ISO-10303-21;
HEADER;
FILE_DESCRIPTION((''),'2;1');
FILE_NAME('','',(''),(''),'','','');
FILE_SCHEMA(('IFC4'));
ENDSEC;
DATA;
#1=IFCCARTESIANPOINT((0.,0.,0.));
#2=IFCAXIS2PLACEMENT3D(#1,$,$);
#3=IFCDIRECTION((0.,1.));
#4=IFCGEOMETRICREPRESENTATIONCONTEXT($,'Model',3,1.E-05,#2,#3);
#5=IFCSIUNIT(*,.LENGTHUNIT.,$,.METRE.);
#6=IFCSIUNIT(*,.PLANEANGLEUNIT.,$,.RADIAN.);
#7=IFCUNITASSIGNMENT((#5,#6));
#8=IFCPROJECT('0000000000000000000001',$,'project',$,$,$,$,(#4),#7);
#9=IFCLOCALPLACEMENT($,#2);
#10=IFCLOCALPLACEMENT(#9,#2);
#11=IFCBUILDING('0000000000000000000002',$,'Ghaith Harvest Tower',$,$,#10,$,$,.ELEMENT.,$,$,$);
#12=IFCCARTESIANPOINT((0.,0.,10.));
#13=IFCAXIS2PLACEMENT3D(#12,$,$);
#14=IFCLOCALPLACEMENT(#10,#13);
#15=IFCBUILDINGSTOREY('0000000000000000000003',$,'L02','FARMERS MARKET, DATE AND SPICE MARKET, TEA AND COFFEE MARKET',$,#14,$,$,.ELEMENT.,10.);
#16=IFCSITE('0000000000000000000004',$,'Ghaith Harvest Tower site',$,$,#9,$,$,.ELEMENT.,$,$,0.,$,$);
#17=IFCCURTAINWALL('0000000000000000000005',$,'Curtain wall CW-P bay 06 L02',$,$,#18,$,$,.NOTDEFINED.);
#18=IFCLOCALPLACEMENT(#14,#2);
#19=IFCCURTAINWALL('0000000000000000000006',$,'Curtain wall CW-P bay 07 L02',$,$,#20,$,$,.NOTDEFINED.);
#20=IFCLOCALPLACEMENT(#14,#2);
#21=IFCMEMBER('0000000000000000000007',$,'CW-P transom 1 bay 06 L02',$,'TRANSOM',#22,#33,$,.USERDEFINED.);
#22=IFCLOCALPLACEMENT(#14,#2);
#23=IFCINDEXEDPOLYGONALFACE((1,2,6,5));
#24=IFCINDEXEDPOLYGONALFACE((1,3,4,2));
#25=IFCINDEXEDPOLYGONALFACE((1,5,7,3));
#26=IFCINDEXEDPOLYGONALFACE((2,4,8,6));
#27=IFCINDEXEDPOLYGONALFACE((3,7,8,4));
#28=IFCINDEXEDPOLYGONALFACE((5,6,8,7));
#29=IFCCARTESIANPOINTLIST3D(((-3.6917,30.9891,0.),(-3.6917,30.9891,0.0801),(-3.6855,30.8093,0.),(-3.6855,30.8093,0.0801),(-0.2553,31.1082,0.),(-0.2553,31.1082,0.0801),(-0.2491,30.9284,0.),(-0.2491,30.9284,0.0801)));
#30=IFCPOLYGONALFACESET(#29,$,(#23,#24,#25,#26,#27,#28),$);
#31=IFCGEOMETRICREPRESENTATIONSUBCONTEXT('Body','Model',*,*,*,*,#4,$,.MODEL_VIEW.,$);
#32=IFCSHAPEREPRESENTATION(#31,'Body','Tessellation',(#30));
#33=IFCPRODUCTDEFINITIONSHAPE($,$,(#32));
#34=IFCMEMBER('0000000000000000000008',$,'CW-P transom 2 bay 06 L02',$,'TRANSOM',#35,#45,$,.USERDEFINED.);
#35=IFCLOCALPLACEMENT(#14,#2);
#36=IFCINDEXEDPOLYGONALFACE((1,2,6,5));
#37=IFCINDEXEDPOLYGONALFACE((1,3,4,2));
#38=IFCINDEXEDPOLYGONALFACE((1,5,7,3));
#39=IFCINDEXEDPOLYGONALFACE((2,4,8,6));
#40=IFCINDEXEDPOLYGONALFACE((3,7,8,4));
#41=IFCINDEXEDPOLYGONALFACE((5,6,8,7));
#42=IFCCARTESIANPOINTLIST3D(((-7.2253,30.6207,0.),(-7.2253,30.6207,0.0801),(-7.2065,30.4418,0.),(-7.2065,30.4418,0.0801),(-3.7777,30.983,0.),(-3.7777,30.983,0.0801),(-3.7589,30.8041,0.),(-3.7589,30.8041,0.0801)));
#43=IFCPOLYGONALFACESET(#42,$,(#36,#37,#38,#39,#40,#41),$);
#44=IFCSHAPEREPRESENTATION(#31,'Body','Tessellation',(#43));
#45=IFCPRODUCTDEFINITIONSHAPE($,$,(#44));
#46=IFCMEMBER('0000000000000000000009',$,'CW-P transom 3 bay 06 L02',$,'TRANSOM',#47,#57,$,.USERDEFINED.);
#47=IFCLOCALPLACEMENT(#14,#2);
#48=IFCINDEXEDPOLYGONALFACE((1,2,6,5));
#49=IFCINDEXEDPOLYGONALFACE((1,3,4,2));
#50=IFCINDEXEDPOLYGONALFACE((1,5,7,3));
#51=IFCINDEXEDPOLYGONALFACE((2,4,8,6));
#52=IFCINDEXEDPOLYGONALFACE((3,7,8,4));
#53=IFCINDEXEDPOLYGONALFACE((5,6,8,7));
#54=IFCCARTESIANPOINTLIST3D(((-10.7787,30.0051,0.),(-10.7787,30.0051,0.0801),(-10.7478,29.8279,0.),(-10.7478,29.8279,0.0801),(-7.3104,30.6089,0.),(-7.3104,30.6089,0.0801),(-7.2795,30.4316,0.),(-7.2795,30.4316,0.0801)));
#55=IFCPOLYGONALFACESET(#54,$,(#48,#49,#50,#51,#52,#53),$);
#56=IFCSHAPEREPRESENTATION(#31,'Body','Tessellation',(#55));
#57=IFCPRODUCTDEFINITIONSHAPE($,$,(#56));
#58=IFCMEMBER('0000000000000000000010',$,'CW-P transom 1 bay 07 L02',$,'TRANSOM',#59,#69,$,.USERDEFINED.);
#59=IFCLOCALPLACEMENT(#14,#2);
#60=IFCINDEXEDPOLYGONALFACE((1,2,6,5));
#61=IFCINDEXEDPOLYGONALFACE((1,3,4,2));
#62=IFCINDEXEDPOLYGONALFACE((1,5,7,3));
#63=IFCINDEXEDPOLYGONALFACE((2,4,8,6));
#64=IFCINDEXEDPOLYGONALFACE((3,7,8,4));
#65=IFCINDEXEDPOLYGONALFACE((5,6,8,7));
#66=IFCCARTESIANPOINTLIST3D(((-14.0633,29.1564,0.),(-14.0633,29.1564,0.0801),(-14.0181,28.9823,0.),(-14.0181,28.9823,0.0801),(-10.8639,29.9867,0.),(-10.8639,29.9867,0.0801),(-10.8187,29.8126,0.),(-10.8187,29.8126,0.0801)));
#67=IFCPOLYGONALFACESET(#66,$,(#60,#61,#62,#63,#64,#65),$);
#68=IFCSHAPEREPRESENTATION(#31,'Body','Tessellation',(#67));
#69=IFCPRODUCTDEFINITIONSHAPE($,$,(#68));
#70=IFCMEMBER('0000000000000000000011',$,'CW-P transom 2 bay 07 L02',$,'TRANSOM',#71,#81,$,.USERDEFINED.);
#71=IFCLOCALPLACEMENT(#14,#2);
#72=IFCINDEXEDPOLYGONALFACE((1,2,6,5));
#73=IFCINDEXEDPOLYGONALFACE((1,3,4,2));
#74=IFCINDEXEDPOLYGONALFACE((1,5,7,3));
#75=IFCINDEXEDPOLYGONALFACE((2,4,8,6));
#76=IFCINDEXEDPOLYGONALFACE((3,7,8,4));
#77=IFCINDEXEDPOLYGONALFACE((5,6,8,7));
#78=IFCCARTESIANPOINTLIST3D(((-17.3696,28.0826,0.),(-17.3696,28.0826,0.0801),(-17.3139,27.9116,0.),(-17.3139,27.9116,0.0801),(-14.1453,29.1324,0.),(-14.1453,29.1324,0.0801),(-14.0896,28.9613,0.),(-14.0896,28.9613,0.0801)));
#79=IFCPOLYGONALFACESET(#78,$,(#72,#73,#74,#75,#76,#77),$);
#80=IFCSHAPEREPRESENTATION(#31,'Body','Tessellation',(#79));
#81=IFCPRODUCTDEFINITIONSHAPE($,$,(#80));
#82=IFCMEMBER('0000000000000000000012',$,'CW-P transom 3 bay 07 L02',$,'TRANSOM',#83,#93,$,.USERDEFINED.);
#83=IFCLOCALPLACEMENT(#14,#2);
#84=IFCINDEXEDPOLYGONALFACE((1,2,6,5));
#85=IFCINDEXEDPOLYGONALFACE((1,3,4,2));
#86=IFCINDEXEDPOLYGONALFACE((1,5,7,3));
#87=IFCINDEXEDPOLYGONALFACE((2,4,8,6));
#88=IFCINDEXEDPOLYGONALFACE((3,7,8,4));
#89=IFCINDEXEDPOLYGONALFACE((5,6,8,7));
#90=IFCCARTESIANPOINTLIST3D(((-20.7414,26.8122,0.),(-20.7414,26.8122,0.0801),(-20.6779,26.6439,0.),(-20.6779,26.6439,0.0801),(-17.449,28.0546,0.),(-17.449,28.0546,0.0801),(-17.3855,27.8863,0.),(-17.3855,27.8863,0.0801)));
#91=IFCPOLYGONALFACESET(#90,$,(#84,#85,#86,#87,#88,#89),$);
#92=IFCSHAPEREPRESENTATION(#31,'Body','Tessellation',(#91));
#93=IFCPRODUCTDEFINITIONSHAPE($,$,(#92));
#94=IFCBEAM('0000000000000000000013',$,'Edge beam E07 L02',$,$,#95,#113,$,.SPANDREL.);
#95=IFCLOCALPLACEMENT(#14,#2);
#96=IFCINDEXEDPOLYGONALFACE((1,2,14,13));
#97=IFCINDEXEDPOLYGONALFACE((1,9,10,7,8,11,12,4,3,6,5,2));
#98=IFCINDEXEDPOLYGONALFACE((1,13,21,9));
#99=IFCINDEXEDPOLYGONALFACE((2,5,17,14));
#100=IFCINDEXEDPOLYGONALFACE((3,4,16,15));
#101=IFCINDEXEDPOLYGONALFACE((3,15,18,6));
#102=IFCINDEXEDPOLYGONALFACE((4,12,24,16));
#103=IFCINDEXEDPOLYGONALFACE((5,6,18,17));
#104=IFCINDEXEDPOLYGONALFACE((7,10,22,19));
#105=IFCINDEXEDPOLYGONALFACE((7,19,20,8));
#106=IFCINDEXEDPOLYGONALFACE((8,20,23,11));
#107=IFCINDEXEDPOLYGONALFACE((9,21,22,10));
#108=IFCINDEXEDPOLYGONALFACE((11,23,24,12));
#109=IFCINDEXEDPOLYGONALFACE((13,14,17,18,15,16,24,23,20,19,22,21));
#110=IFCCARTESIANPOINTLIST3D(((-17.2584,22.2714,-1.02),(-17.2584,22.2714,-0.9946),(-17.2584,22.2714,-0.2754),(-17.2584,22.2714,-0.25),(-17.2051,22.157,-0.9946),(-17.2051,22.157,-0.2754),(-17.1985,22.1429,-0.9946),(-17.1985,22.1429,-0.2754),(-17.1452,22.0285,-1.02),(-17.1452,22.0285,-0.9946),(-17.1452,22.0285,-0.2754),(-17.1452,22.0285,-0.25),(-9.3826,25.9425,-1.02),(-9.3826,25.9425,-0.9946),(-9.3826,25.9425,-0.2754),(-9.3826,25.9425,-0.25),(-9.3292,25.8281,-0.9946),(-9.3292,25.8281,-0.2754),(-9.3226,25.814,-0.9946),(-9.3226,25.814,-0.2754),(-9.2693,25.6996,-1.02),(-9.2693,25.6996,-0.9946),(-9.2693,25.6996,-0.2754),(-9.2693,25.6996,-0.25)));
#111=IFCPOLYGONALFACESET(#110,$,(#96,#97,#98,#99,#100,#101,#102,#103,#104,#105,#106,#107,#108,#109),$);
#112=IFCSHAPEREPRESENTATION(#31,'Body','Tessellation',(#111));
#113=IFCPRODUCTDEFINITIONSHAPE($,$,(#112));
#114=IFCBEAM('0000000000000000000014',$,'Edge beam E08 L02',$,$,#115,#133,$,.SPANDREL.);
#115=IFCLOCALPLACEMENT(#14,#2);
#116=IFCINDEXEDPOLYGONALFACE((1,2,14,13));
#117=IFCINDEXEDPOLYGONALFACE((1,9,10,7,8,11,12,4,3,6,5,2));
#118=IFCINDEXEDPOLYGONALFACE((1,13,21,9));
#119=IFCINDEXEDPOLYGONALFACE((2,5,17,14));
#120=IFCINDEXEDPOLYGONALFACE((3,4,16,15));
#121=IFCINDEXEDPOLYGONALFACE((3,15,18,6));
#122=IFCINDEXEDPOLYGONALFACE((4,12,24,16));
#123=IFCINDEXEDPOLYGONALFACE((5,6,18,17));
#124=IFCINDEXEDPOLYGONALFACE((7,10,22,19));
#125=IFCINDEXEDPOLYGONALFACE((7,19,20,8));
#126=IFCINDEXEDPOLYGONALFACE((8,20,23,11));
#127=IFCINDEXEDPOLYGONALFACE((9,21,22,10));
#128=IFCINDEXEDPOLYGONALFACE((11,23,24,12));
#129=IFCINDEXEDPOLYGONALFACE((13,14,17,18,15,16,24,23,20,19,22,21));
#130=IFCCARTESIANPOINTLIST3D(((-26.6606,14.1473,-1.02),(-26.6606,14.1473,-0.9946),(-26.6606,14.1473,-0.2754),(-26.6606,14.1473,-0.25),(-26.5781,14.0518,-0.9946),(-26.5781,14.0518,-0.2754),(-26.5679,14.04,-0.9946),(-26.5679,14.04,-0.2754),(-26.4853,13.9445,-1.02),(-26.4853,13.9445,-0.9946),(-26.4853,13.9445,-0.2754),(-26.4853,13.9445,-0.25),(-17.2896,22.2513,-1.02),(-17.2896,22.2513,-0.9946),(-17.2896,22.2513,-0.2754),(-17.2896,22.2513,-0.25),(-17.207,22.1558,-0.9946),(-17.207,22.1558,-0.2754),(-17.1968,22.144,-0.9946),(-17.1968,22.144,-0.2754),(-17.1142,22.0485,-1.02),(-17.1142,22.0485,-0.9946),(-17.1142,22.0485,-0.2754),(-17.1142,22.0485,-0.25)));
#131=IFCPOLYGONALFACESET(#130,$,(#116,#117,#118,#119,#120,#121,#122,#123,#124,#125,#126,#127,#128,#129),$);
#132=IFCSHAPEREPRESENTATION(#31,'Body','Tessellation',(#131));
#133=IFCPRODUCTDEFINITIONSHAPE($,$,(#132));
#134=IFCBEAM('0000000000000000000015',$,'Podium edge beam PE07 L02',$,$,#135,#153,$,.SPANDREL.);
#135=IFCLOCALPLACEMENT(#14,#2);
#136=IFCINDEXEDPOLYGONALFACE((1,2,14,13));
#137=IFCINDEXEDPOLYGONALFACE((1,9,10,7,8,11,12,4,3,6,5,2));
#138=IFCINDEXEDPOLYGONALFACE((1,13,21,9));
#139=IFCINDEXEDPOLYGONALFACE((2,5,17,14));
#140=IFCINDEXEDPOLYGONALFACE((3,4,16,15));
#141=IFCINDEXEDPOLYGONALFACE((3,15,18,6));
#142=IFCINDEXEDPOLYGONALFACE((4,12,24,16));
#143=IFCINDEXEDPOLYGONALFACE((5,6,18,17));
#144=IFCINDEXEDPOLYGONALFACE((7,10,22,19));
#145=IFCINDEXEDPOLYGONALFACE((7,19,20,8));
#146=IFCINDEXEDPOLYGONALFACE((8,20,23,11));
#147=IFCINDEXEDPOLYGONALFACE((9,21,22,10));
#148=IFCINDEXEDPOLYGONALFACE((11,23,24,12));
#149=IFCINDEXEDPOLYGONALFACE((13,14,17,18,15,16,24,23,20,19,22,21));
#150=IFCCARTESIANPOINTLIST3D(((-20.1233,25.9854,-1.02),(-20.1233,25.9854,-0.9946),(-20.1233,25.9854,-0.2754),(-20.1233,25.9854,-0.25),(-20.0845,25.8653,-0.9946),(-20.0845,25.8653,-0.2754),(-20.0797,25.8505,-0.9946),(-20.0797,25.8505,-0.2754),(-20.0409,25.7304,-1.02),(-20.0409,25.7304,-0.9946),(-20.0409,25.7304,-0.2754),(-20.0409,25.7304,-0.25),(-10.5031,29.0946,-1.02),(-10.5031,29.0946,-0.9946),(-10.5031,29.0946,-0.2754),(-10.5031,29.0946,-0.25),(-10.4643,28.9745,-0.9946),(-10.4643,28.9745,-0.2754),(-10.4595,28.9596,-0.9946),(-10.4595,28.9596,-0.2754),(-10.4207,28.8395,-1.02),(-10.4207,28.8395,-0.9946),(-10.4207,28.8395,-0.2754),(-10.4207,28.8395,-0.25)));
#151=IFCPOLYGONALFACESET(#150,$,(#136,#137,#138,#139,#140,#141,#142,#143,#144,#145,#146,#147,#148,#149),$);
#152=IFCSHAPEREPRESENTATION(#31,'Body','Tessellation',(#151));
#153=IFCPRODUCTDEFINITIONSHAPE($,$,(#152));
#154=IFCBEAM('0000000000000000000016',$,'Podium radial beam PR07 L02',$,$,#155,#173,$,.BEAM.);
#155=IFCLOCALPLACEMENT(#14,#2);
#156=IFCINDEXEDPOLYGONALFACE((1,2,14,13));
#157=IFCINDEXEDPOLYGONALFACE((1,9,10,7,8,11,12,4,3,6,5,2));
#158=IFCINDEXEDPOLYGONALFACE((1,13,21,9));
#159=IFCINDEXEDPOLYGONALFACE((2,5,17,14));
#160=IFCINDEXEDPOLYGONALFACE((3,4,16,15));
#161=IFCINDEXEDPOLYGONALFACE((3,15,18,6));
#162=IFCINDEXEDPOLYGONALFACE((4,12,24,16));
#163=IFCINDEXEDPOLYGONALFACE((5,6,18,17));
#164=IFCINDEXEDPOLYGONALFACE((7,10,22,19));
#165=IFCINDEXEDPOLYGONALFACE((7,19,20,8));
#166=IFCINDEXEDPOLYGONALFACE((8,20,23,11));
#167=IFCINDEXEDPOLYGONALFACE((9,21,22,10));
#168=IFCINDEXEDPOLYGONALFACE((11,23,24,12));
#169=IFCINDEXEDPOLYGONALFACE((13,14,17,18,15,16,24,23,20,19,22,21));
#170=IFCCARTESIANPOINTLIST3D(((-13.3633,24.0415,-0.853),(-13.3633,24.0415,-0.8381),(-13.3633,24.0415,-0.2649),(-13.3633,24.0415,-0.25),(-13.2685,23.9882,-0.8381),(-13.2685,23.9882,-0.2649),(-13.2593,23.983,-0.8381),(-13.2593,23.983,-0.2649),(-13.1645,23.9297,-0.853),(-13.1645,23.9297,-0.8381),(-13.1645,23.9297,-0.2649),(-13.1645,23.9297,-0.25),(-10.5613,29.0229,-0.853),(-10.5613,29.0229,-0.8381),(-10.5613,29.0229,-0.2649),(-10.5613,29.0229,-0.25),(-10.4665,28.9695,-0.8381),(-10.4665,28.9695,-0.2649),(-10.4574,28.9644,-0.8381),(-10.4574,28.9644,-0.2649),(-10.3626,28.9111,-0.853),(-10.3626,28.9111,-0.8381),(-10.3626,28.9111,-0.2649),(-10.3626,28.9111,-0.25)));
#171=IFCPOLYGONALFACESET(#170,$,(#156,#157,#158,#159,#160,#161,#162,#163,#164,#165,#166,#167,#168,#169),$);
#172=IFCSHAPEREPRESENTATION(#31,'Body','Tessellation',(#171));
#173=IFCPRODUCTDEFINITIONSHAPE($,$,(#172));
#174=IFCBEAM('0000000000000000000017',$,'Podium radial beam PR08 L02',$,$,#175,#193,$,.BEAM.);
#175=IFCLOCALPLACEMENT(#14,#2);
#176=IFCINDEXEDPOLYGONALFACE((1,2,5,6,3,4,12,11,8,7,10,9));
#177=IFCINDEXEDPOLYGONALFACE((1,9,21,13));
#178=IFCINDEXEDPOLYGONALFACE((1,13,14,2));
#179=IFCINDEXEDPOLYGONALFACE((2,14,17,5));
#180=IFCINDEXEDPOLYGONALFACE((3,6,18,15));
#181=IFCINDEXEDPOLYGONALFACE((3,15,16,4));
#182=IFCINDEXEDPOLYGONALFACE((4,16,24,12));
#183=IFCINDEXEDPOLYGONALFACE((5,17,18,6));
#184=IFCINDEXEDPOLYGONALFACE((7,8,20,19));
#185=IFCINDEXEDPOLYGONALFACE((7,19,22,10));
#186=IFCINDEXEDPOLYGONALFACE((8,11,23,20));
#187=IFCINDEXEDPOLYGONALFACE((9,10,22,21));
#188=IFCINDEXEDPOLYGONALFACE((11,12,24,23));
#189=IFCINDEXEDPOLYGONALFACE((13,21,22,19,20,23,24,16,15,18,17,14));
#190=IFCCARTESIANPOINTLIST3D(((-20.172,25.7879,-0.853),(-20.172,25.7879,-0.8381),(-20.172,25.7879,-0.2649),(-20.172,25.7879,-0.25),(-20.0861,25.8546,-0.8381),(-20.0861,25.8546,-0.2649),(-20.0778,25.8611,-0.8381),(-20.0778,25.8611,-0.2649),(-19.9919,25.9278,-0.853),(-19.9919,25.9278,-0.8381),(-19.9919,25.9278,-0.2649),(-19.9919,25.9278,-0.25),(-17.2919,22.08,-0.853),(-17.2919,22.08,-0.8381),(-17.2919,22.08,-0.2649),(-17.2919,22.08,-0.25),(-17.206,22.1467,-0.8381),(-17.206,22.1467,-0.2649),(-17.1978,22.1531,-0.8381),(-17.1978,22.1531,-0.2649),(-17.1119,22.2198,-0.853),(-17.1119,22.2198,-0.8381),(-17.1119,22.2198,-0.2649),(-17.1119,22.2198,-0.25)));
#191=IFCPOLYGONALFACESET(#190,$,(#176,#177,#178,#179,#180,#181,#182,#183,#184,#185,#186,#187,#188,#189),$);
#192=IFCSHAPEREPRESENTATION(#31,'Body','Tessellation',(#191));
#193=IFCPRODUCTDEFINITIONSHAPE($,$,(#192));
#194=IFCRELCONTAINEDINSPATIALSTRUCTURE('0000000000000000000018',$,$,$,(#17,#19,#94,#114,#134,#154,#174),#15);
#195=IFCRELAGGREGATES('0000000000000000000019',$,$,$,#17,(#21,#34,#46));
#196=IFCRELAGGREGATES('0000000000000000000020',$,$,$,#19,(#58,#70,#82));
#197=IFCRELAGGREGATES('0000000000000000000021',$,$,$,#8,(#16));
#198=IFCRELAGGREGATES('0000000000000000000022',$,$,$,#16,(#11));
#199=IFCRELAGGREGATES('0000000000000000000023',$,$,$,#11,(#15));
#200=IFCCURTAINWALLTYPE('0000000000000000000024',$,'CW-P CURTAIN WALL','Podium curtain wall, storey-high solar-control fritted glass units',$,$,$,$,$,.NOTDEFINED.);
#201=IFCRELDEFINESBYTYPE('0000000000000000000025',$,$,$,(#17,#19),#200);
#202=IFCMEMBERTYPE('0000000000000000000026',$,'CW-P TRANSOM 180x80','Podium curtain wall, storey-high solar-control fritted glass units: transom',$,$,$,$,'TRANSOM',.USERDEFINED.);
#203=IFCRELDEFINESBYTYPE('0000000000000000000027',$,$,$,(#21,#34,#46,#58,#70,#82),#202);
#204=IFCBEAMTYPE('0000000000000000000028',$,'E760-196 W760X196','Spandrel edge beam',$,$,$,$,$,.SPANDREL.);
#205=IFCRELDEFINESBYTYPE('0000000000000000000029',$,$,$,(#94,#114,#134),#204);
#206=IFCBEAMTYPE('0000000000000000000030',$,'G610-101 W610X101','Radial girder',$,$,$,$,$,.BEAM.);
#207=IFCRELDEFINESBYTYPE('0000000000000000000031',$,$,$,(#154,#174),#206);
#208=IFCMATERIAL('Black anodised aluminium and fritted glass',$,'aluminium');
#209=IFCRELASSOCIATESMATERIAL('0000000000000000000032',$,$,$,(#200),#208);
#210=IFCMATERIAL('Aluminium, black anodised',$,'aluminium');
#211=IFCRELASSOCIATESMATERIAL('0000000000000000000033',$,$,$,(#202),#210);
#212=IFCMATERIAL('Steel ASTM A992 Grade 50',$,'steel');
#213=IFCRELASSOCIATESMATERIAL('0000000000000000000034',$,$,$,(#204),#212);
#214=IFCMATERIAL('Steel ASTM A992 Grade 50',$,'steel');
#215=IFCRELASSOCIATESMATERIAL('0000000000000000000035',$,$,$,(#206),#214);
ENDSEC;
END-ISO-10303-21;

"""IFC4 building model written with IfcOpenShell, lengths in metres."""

from ifc_helpers import new_model, si_unit, direction, frame, origin, origin_2d, place, context, subcontext, project, spatial, rectangle, i_section, extrude, material, material_profile, profile_set, type_object, element, aggregate, save


model = new_model("IFC4")

# Units and contexts
model_context = context("Model", 3, precision=1e-05, world=origin(), true_north=direction((0.0, 1.0)))
body_context = subcontext(model_context, "Body", "Model", "MODEL_VIEW")
ifc_project = project(units=[si_unit("LENGTHUNIT", "METRE"), si_unit("PLANEANGLEUNIT", "RADIAN")], contexts=[model_context])

# Site, building, storey
site_placement = place(None, origin())
site = spatial("IfcSite", under=ifc_project, at=site_placement, Name="Ghaith Harvest Tower site", CompositionType="ELEMENT", RefElevation=0.0)
building_placement = place(site_placement, origin())
building = spatial("IfcBuilding", under=site, at=building_placement, Name="Ghaith Harvest Tower", CompositionType="ELEMENT")
storey_placement = place(building_placement, frame((0.0, 0.0, 10.0)))
storey = spatial("IfcBuildingStorey", under=building, at=storey_placement, Name="L02", Description="FARMERS MARKET, DATE AND SPICE MARKET, TEA AND COFFEE MARKET", CompositionType="ELEMENT", Elevation=10.0)

# Curtain walls
ifc_material_1 = material(Name="Black anodised aluminium and fritted glass", Category="aluminium")
curtain_wall_type = type_object("IfcCurtainWallType", Name="CW-P CURTAIN WALL", Description="Podium curtain wall, storey-high solar-control fritted glass units", PredefinedType="NOTDEFINED", material=ifc_material_1)
curtain_wall_1_placement = place(storey_placement, origin())
curtain_wall_1 = element("IfcCurtainWall", 1, at=curtain_wall_1_placement, inside=storey, type_object=curtain_wall_type, Name="Curtain wall CW-P bay 06 L02", PredefinedType="NOTDEFINED")
curtain_wall_2_placement = place(storey_placement, origin())
curtain_wall_2 = element("IfcCurtainWall", 2, at=curtain_wall_2_placement, inside=storey, type_object=curtain_wall_type, Name="Curtain wall CW-P bay 07 L02", PredefinedType="NOTDEFINED")

# Members
ifc_material_2 = material(Name="Aluminium, black anodised", Category="aluminium")
ifc_material_profile_1 = material_profile(ifc_material_2, rectangle(XDim=0.1799, YDim=0.0801, at=origin_2d()), Name="CW-P TRANSOM 180x80")
ifc_profile_set_1 = profile_set([ifc_material_profile_1], Name="Aluminium, black anodised")
member_type_1 = type_object("IfcMemberType", Name="CW-P TRANSOM 180x80", Description="Podium curtain wall, storey-high solar-control fritted glass units: transom", ElementType="TRANSOM", PredefinedType="USERDEFINED", material=ifc_profile_set_1)
member_1_placement = place(storey_placement, frame((-0.2522, 31.0183, 0.04), z_axis=(-0.9994, -0.034648, 0.0), x_axis=(0.034648, -0.9994, 0.0)))
member_1 = element("IfcMember", 3, at=member_1_placement, type_object=member_type_1, Name="CW-P transom 1 bay 06 L02", ObjectType="TRANSOM", PredefinedType="USERDEFINED", context=body_context, shape_type="SweptSolid", body=[
    extrude(rectangle(XDim=0.1799, YDim=0.0801, at=origin_2d()), origin(), (0.0, 0.0, 1.0), 3.4385),
])
member_2_placement = place(storey_placement, frame((-3.7683, 30.8936, 0.04), z_axis=(-0.994523, -0.104516, 0.0), x_axis=(0.104516, -0.994523, 0.0)))
member_2 = element("IfcMember", 4, at=member_2_placement, type_object=member_type_1, Name="CW-P transom 2 bay 06 L02", ObjectType="TRANSOM", PredefinedType="USERDEFINED", context=body_context, shape_type="SweptSolid", body=[
    extrude(rectangle(XDim=0.1799, YDim=0.0801, at=origin_2d()), origin(), (0.0, 0.0, 1.0), 3.4666),
])
member_3_placement = place(storey_placement, frame((-7.2949, 30.5203, 0.04), z_axis=(-0.985184, -0.171502, 0.0), x_axis=(0.171502, -0.985184, 0.0)))
member_3 = element("IfcMember", 5, at=member_3_placement, type_object=member_type_1, Name="CW-P transom 3 bay 06 L02", ObjectType="TRANSOM", PredefinedType="USERDEFINED", context=body_context, shape_type="SweptSolid", body=[
    extrude(rectangle(XDim=0.1799, YDim=0.0801, at=origin_2d()), origin(), (0.0, 0.0, 1.0), 3.5205),
])
member_4_placement = place(storey_placement, frame((-10.8413, 29.8997, 0.04), z_axis=(-0.967936, -0.251198, 0.0), x_axis=(0.251198, -0.967936, 0.0)))
member_4 = element("IfcMember", 6, at=member_4_placement, type_object=member_type_1, Name="CW-P transom 1 bay 07 L02", ObjectType="TRANSOM", PredefinedType="USERDEFINED", context=body_context, shape_type="SweptSolid", body=[
    extrude(rectangle(XDim=0.1799, YDim=0.0801, at=origin_2d()), origin(), (0.0, 0.0, 1.0), 3.3054),
])
member_5_placement = place(storey_placement, frame((-14.1174, 29.0469, 0.04), z_axis=(-0.95087, -0.309589, 0.0), x_axis=(0.309589, -0.95087, 0.0)))
member_5 = element("IfcMember", 7, at=member_5_placement, type_object=member_type_1, Name="CW-P transom 2 bay 07 L02", ObjectType="TRANSOM", PredefinedType="USERDEFINED", context=body_context, shape_type="SweptSolid", body=[
    extrude(rectangle(XDim=0.1799, YDim=0.0801, at=origin_2d()), origin(), (0.0, 0.0, 1.0), 3.3909),
])
member_6_placement = place(storey_placement, frame((-17.4172, 27.9705, 0.04), z_axis=(-0.935603, -0.353054, 0.0), x_axis=(0.353054, -0.935603, 0.0)))
member_6 = element("IfcMember", 8, at=member_6_placement, type_object=member_type_1, Name="CW-P transom 3 bay 07 L02", ObjectType="TRANSOM", PredefinedType="USERDEFINED", context=body_context, shape_type="SweptSolid", body=[
    extrude(rectangle(XDim=0.1799, YDim=0.0801, at=origin_2d()), origin(), (0.0, 0.0, 1.0), 3.519),
])

# Beams
ifc_material_3 = material(Name="Steel ASTM A992 Grade 50", Category="steel")
ifc_material_profile_2 = material_profile(ifc_material_3, i_section(OverallWidth=0.2681, OverallDepth=0.77, WebThickness=0.0156, FlangeThickness=0.0254, at=origin_2d()), Name="W760X196")
ifc_profile_set_2 = profile_set([ifc_material_profile_2], Name="Steel ASTM A992 Grade 50")
beam_type_1 = type_object("IfcBeamType", Name="E760-196 W760X196", Description="Spandrel edge beam", PredefinedType="SPANDREL", material=ifc_profile_set_2)
beam_1_placement = place(storey_placement, frame((-9.3259, 25.821, -0.635), z_axis=(-0.906373, -0.422478, 0.0), x_axis=(0.422478, -0.906373, 0.0)))
element("IfcBeam", 9, at=beam_1_placement, inside=storey, type_object=beam_type_1, Name="Edge beam E07 L02", PredefinedType="SPANDREL", context=body_context, shape_type="SweptSolid", body=[
    extrude(i_section(OverallWidth=0.2681, OverallDepth=0.77, WebThickness=0.0156, FlangeThickness=0.0254, at=origin_2d()), origin(), (0.0, 0.0, 1.0), 8.6895),
])
beam_2_placement = place(storey_placement, frame((-17.2019, 22.1499, -0.635), z_axis=(-0.756392, -0.654118, 0.0), x_axis=(0.654118, -0.756392, 0.0)))
element("IfcBeam", 10, at=beam_2_placement, inside=storey, type_object=beam_type_1, Name="Edge beam E08 L02", PredefinedType="SPANDREL", context=body_context, shape_type="SweptSolid", body=[
    extrude(i_section(OverallWidth=0.2681, OverallDepth=0.77, WebThickness=0.0156, FlangeThickness=0.0254, at=origin_2d()), origin(), (0.0, 0.0, 1.0), 12.3892),
])
beam_3_placement = place(storey_placement, frame((-10.4619, 28.967, -0.635), z_axis=(-0.951539, -0.307528, 0.0), x_axis=(0.307528, -0.951539, 0.0)))
element("IfcBeam", 11, at=beam_3_placement, inside=storey, type_object=beam_type_1, Name="Podium edge beam PE07 L02", PredefinedType="SPANDREL", context=body_context, shape_type="SweptSolid", body=[
    extrude(i_section(OverallWidth=0.2681, OverallDepth=0.77, WebThickness=0.0156, FlangeThickness=0.0254, at=origin_2d()), origin(), (0.0, 0.0, 1.0), 10.1101),
])
ifc_material_4 = material(Name="Steel ASTM A992 Grade 50", Category="steel")
ifc_material_profile_3 = material_profile(ifc_material_4, i_section(OverallWidth=0.228, OverallDepth=0.603, WebThickness=0.0105, FlangeThickness=0.0149, at=origin_2d()), Name="W610X101")
ifc_profile_set_3 = profile_set([ifc_material_profile_3], Name="Steel ASTM A992 Grade 50")
beam_type_2 = type_object("IfcBeamType", Name="G610-101 W610X101", Description="Radial girder", PredefinedType="BEAM", material=ifc_profile_set_3)
beam_4_placement = place(storey_placement, frame((-13.2639, 23.9856, -0.5515), z_axis=(0.490253, 0.87158, 0.0), x_axis=(-0.87158, 0.490253, 0.0)))
element("IfcBeam", 12, at=beam_4_placement, inside=storey, type_object=beam_type_2, Name="Podium radial beam PR07 L02", PredefinedType="BEAM", context=body_context, shape_type="SweptSolid", body=[
    extrude(i_section(OverallWidth=0.228, OverallDepth=0.603, WebThickness=0.0105, FlangeThickness=0.0149, at=origin_2d()), origin(), (0.0, 0.0, 1.0), 5.7153),
])
beam_5_placement = place(storey_placement, frame((-17.2019, 22.1499, -0.5515), z_axis=(-0.613426, 0.789752, 0.0), x_axis=(-0.789752, -0.613426, 0.0)))
element("IfcBeam", 13, at=beam_5_placement, inside=storey, type_object=beam_type_2, Name="Podium radial beam PR08 L02", PredefinedType="BEAM", context=body_context, shape_type="SweptSolid", body=[
    extrude(i_section(OverallWidth=0.228, OverallDepth=0.603, WebThickness=0.0105, FlangeThickness=0.0149, at=origin_2d()), origin(), (0.0, 0.0, 1.0), 4.6951),
])

aggregate(curtain_wall_1, [member_1, member_2, member_3])
aggregate(curtain_wall_2, [member_4, member_5, member_6])

save(model, "model.ifc")
